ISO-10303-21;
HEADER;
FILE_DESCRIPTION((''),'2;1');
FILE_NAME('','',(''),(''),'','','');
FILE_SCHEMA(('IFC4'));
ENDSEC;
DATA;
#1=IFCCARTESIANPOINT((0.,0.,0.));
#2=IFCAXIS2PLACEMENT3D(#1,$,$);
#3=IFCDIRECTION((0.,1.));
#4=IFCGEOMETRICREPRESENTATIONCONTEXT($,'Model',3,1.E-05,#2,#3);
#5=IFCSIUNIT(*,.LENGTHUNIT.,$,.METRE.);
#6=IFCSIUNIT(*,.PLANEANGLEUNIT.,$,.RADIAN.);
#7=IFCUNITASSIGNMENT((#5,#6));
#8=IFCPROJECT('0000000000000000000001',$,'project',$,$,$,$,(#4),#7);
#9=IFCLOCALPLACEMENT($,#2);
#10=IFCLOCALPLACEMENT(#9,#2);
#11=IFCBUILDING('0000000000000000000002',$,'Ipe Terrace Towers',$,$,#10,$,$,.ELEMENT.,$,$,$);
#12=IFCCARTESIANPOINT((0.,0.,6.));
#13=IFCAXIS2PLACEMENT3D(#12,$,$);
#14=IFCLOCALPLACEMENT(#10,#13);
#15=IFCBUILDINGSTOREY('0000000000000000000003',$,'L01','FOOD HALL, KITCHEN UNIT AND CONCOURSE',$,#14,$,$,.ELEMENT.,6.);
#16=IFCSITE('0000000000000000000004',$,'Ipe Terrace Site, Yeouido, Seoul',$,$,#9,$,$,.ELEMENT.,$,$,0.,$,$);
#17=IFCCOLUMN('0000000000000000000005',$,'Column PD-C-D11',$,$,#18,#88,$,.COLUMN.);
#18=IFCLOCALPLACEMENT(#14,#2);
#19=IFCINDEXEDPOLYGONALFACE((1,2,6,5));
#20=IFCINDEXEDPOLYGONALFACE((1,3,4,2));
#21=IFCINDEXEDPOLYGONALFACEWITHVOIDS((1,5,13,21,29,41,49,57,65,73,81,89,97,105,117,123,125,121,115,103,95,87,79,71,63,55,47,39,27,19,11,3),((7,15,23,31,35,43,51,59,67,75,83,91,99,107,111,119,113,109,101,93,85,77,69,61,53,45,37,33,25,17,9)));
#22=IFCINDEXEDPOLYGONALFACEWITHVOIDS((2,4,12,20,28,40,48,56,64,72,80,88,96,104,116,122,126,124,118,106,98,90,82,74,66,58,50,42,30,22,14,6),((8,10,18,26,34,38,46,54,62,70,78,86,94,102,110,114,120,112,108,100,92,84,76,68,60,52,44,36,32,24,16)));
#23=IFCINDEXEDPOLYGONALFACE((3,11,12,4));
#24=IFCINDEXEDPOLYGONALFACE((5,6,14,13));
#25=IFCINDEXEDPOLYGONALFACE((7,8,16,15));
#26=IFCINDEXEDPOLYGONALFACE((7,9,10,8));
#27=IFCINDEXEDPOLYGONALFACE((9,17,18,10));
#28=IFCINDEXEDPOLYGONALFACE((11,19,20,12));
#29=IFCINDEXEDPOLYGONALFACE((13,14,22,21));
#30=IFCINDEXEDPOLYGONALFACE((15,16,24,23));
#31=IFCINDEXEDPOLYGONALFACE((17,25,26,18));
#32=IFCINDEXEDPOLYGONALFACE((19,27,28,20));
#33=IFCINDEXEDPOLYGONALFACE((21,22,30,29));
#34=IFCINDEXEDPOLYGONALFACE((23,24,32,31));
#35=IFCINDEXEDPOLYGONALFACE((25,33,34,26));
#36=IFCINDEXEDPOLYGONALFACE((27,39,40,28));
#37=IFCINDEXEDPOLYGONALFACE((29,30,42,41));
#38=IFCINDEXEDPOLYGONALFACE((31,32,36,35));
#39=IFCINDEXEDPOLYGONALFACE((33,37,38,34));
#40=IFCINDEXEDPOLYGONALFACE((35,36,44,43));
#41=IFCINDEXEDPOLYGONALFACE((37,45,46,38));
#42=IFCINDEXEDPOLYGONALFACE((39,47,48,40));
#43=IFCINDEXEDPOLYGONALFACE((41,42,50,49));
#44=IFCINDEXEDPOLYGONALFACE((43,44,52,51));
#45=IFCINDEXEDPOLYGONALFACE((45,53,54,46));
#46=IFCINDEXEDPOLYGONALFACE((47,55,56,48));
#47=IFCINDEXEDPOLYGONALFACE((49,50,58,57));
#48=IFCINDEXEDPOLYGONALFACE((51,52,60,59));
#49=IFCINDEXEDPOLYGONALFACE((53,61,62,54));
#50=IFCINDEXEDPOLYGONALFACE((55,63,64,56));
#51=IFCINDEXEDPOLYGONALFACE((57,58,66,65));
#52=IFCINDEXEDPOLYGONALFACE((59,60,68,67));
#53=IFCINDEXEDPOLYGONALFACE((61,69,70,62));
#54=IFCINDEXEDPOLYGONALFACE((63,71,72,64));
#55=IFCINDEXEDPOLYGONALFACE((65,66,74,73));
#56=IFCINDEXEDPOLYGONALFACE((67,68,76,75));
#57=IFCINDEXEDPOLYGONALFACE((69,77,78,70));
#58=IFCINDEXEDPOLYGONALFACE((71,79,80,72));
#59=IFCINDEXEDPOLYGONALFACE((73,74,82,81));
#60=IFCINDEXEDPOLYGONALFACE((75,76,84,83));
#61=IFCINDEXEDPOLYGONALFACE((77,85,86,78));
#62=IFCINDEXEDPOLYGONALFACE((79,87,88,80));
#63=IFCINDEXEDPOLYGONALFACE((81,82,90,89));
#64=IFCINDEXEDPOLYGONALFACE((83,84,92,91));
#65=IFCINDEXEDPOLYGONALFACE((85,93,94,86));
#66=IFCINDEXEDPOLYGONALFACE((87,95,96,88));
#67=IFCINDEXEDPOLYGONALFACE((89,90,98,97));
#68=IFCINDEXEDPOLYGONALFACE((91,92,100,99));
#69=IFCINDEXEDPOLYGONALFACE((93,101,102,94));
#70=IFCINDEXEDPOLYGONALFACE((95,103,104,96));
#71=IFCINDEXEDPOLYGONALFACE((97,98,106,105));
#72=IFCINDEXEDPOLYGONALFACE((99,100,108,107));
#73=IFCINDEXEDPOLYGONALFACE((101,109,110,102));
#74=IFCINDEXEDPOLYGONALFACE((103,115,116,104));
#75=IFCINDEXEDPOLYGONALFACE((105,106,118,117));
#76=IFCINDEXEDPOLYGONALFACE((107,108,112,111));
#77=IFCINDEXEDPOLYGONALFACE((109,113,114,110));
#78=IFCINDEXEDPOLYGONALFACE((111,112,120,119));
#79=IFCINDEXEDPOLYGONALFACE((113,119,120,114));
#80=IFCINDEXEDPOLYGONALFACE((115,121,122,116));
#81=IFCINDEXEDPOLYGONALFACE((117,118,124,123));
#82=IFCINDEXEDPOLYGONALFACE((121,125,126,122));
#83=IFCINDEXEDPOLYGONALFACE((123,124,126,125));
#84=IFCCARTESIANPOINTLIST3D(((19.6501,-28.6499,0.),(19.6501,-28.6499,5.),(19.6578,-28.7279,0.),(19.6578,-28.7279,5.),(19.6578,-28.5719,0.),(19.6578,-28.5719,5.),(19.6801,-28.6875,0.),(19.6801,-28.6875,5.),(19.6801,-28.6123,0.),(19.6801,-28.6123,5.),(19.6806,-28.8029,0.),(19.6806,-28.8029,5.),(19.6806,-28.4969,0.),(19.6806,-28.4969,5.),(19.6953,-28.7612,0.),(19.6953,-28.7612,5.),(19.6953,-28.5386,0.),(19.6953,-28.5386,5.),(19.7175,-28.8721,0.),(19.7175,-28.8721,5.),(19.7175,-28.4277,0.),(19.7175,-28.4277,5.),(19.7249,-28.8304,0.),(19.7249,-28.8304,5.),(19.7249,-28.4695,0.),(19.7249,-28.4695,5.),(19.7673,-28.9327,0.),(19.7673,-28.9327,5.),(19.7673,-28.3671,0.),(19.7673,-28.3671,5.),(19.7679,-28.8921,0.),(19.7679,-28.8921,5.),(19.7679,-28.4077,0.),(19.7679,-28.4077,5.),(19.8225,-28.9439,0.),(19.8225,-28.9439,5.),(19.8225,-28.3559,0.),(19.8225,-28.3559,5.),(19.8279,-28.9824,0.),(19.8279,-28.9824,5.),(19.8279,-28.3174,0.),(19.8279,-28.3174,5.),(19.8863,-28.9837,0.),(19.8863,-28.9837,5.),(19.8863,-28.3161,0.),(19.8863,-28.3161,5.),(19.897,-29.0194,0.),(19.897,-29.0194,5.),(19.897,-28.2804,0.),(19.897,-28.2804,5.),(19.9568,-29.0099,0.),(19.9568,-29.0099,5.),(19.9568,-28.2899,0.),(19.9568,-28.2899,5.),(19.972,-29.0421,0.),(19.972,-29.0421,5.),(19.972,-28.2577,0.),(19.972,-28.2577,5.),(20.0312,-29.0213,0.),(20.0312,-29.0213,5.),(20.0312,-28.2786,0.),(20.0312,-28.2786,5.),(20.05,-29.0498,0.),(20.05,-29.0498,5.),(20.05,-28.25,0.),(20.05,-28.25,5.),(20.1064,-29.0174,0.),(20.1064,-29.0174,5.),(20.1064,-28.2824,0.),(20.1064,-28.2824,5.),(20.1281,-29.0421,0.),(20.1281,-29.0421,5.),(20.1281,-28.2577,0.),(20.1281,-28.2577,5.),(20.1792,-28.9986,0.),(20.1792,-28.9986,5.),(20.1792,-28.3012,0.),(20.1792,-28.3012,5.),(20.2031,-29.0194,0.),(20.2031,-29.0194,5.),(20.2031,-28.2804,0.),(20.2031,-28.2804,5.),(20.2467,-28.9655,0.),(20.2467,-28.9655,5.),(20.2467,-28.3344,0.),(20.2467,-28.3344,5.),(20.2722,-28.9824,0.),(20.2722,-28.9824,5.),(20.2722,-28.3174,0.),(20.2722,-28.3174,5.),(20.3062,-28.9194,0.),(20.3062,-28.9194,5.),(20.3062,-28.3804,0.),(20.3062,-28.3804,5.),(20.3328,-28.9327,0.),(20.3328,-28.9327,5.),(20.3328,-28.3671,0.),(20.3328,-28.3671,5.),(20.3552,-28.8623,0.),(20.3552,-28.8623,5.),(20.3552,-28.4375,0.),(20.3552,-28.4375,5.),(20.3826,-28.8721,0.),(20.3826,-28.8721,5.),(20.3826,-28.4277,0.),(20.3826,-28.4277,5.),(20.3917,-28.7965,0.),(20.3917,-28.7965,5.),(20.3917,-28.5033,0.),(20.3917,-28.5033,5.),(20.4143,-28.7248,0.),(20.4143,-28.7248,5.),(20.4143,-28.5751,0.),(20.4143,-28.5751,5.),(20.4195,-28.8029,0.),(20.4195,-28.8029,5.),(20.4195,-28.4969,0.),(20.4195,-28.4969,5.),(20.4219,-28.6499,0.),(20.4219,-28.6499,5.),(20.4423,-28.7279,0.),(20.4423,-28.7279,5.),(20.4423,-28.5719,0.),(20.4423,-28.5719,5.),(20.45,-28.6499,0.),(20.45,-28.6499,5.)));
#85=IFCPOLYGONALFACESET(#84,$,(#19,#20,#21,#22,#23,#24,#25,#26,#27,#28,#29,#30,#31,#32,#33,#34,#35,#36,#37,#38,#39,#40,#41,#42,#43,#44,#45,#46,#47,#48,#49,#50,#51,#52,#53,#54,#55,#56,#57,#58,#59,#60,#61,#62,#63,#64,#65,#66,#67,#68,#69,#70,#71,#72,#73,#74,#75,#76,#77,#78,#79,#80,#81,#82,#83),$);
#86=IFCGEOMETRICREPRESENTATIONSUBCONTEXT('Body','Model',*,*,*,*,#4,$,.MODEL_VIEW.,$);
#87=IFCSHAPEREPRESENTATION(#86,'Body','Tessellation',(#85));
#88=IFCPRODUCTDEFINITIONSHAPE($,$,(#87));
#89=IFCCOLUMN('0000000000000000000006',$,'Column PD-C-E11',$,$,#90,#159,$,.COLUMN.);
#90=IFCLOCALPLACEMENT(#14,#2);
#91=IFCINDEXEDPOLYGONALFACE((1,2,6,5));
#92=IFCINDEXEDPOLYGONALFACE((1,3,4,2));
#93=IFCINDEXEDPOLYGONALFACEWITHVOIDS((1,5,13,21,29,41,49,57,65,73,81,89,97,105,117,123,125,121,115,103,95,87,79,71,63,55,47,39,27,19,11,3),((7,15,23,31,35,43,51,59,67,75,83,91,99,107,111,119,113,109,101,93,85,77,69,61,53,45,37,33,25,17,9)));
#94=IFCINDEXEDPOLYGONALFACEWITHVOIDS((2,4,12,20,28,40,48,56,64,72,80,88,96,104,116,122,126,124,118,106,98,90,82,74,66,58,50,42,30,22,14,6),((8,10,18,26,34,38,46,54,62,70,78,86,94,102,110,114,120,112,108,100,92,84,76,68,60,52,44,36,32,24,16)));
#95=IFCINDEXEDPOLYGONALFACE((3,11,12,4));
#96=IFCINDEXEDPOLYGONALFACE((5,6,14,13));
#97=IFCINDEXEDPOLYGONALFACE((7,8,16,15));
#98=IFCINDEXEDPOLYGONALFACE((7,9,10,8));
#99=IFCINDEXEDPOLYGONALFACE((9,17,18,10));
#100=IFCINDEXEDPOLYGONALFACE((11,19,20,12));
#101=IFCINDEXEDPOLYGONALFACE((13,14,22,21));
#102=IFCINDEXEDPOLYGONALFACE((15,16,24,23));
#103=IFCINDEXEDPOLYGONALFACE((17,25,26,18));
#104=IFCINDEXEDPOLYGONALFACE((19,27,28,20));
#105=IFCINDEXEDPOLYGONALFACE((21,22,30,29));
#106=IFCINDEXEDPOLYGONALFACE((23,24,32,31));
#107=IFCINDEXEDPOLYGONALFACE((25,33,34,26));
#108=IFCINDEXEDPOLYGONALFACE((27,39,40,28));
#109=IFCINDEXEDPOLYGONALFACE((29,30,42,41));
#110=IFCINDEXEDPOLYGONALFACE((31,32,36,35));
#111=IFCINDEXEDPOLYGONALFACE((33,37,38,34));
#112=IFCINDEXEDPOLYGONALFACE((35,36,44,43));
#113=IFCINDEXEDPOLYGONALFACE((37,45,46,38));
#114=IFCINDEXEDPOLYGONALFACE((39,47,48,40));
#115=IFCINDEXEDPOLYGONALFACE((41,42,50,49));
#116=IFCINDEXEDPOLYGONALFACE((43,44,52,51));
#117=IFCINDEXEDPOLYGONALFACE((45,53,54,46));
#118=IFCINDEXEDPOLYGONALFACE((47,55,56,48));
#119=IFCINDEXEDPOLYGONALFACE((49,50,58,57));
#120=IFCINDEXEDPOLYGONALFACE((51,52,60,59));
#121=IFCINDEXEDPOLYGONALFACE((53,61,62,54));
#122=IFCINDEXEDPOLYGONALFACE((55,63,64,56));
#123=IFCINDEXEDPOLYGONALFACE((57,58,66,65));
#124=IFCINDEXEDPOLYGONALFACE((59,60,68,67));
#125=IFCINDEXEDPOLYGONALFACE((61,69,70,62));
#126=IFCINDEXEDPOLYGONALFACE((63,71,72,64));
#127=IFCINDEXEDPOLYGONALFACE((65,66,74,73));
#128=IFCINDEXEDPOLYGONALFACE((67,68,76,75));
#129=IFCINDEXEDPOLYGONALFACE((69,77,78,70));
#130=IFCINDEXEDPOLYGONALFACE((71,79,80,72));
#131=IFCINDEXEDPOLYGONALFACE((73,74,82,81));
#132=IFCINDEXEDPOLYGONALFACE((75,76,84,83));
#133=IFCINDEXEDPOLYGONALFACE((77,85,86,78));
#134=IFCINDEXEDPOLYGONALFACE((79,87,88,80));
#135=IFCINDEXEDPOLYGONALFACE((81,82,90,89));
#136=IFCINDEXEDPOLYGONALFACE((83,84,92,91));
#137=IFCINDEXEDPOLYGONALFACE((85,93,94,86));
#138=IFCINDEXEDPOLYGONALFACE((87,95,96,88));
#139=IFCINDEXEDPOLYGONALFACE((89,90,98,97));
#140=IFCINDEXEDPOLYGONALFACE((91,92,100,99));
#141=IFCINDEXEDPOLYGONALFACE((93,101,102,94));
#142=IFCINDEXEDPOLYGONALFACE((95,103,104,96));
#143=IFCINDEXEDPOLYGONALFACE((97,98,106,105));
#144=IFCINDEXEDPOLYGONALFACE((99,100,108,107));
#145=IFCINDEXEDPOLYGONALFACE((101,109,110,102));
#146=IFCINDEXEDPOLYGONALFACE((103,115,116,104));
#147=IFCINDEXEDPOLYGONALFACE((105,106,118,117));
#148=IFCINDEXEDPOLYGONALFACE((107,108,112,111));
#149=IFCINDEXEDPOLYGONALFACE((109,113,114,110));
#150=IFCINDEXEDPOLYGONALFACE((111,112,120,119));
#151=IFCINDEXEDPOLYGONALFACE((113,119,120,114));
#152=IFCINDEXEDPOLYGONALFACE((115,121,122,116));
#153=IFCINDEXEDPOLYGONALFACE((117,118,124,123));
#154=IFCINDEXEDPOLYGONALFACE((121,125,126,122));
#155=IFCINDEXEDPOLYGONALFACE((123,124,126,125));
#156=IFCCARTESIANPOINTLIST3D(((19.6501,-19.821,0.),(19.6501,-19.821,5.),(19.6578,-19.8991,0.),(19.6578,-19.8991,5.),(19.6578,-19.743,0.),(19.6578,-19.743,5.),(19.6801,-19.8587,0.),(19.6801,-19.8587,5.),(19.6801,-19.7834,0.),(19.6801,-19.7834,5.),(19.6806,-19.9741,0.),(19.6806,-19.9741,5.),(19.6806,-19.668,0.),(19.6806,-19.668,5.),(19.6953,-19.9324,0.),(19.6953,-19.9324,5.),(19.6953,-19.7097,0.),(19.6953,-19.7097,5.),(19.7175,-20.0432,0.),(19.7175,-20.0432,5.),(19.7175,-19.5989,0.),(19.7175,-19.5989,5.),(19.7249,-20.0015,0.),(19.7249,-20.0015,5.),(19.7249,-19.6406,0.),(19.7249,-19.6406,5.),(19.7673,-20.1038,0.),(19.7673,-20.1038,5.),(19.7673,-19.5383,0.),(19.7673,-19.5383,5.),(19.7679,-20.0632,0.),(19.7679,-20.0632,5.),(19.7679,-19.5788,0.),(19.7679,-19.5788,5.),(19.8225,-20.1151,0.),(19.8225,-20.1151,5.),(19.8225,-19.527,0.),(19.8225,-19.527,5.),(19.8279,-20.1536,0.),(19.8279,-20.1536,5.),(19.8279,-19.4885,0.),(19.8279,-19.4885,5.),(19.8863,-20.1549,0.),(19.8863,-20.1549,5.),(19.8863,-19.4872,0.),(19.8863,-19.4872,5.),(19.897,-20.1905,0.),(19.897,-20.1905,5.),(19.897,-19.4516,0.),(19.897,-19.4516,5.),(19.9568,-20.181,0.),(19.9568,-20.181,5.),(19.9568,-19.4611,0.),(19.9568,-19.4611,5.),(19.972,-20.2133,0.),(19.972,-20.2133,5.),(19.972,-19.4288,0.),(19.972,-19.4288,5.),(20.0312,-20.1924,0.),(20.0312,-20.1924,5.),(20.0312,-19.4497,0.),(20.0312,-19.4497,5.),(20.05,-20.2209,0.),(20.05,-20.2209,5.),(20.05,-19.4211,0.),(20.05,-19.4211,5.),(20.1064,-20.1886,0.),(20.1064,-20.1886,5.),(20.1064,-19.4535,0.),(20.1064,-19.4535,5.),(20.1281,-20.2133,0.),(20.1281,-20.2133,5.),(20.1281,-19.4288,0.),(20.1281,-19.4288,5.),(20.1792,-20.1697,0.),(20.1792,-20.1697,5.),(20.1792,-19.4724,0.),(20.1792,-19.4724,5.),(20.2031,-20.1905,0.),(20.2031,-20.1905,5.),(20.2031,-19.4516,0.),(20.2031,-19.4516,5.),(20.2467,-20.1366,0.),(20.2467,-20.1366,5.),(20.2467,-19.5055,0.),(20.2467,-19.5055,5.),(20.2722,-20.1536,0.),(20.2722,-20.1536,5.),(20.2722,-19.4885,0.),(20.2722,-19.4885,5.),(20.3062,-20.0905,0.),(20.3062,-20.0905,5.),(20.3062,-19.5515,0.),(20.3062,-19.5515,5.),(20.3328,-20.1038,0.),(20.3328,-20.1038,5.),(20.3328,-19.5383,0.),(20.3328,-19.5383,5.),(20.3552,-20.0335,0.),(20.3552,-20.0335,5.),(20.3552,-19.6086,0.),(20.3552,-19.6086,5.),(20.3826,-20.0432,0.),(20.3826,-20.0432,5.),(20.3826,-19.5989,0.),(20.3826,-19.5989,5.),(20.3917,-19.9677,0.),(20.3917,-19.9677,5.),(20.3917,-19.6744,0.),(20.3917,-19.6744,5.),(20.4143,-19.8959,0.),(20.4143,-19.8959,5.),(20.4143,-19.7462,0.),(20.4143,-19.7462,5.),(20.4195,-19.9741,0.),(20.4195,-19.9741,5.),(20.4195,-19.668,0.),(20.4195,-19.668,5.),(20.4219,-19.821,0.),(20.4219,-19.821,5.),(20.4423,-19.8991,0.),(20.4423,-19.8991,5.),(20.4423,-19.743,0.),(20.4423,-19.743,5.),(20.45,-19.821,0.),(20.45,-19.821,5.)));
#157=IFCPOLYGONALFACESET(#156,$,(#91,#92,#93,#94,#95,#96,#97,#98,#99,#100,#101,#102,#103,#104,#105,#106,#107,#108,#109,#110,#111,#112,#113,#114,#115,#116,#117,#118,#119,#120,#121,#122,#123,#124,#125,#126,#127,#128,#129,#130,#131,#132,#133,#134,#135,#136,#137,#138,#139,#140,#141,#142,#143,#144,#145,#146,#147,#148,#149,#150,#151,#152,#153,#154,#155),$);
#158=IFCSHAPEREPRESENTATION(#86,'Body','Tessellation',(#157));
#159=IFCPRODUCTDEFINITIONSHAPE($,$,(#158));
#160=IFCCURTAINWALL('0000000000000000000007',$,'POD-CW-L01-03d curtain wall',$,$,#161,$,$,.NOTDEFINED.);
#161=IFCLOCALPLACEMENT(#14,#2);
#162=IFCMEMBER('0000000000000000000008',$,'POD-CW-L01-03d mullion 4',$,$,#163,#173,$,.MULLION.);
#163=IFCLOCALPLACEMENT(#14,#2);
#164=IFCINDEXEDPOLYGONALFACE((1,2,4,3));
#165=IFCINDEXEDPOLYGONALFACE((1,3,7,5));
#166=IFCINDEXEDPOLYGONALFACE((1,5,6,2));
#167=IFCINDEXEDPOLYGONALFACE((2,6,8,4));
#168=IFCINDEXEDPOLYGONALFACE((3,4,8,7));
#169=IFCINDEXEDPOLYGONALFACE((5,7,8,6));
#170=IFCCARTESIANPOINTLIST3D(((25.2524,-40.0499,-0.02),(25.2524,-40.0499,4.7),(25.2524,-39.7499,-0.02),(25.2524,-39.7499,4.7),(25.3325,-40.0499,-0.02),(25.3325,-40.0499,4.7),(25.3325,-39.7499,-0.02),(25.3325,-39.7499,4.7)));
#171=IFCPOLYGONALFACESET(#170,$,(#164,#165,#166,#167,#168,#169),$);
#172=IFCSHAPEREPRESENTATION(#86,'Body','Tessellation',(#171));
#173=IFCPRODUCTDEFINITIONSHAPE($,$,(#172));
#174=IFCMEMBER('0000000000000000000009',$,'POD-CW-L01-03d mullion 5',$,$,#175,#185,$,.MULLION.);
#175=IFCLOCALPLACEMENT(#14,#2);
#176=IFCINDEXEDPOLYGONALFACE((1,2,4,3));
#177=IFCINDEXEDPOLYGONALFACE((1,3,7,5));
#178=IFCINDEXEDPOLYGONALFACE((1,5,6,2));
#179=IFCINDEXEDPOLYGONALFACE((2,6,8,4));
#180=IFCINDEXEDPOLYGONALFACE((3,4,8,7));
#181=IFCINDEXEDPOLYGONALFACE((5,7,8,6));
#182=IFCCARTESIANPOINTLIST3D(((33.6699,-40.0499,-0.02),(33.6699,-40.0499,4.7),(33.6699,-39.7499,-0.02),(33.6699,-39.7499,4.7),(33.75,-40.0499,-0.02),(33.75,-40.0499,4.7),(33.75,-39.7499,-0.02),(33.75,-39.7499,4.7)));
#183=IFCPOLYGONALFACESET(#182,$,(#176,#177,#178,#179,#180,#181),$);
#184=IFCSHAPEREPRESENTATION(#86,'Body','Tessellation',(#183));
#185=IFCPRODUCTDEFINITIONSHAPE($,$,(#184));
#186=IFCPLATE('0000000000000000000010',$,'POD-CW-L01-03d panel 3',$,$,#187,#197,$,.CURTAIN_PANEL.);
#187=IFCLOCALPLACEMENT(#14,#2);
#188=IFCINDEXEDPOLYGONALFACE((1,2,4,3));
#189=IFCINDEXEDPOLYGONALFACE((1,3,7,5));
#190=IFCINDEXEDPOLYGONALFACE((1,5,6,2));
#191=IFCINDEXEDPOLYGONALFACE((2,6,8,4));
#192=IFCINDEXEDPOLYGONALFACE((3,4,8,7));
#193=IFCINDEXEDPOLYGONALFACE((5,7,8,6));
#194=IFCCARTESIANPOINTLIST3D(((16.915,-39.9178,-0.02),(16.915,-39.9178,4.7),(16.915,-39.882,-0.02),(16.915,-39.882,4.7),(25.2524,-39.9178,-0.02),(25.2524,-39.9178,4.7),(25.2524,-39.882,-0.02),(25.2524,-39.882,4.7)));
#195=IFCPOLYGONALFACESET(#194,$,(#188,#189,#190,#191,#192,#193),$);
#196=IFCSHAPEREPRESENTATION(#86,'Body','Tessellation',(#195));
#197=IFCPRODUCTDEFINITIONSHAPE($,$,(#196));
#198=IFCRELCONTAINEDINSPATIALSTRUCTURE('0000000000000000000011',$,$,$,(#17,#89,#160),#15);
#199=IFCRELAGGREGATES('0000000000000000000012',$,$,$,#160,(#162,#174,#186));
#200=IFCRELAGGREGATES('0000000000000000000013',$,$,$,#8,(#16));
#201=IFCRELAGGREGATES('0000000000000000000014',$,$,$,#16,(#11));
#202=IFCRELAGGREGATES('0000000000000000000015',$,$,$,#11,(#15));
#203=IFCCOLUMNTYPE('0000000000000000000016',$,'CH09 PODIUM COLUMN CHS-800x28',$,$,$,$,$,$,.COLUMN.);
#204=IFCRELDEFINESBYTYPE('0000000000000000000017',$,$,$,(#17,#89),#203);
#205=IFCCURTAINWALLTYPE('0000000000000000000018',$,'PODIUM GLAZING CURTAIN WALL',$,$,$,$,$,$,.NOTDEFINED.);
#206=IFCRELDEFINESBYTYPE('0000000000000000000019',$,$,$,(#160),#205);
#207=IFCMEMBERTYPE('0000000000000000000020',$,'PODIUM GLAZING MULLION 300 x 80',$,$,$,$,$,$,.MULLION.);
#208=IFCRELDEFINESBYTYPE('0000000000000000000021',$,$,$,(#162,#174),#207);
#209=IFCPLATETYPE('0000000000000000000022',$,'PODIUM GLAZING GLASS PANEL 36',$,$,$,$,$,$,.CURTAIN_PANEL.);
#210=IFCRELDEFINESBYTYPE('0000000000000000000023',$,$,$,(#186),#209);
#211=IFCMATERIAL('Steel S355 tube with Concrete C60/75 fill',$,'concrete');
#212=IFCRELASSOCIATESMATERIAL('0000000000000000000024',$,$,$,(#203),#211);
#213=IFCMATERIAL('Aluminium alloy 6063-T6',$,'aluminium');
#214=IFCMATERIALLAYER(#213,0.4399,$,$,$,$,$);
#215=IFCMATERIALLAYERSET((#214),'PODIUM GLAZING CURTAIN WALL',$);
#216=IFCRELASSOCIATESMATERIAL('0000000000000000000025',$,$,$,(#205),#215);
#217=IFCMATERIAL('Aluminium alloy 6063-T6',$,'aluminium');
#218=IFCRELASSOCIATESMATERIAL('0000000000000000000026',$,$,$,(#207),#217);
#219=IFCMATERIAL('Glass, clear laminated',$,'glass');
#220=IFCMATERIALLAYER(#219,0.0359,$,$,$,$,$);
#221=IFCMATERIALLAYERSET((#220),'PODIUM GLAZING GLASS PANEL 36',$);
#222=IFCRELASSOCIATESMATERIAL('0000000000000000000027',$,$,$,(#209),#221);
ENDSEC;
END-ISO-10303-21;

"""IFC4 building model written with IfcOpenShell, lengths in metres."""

from ifc_helpers import new_model, si_unit, direction, frame, origin, origin_2d, place, context, subcontext, project, spatial, rectangle, hollow_circle, extrude, material, layer, layer_set, material_profile, profile_set, type_object, element, aggregate, save


model = new_model("IFC4")

# Units and contexts
model_context = context("Model", 3, precision=1e-05, world=origin(), true_north=direction((0.0, 1.0)))
body_context = subcontext(model_context, "Body", "Model", "MODEL_VIEW")
ifc_project = project(units=[si_unit("LENGTHUNIT", "METRE"), si_unit("PLANEANGLEUNIT", "RADIAN")], contexts=[model_context])

# Site, building, storey
site_placement = place(None, origin())
site = spatial("IfcSite", under=ifc_project, at=site_placement, Name="Ipe Terrace Site, Yeouido, Seoul", CompositionType="ELEMENT", RefElevation=0.0)
building_placement = place(site_placement, origin())
building = spatial("IfcBuilding", under=site, at=building_placement, Name="Ipe Terrace Towers", CompositionType="ELEMENT")
storey_placement = place(building_placement, frame((0.0, 0.0, 6.0)))
storey = spatial("IfcBuildingStorey", under=building, at=storey_placement, Name="L01", Description="FOOD HALL, KITCHEN UNIT AND CONCOURSE", CompositionType="ELEMENT", Elevation=6.0)

# Columns
ifc_material_1 = material(Name="Steel S355 tube with Concrete C60/75 fill", Category="concrete")
ifc_material_profile_1 = material_profile(ifc_material_1, hollow_circle(Radius=0.3999, WallThickness=0.0281, at=origin_2d()), Name="CHS-800x28")
ifc_profile_set_1 = profile_set([ifc_material_profile_1], Name="Steel S355 tube with Concrete C60/75 fill")
column_type_1 = type_object("IfcColumnType", Name="CH09 PODIUM COLUMN CHS-800x28", PredefinedType="COLUMN", material=ifc_profile_set_1)
for number, where, z_axis, x_axis, name in (
    (1, (20.05, -28.6499, 0.0), (0.0, 0.0, 1.0), (1.0, 0.0, 0.0), "Column PD-C-D11"),
    (2, (20.05, -19.821, 0.0), (0.0, 0.0, 1.0), (1.0, 0.0, 0.0), "Column PD-C-E11"),
):
    element("IfcColumn", number, at=place(storey_placement, frame(where, z_axis=z_axis, x_axis=x_axis)), inside=storey, type_object=column_type_1, Name=name, PredefinedType="COLUMN", context=body_context, shape_type="SweptSolid", body=[
        extrude(hollow_circle(Radius=0.3999, WallThickness=0.0281, at=origin_2d()), origin(), (0.0, 0.0, 1.0), 5.0),
    ])

# Curtain wall, members, plate
ifc_material_2 = material(Name="Aluminium alloy 6063-T6", Category="aluminium")
ifc_layer_1 = layer(ifc_material_2, 0.4399)
ifc_layer_set_1 = layer_set([ifc_layer_1], Name="PODIUM GLAZING CURTAIN WALL")
curtain_wall_type = type_object("IfcCurtainWallType", Name="PODIUM GLAZING CURTAIN WALL", PredefinedType="NOTDEFINED", material=ifc_layer_set_1)
curtain_wall_placement = place(storey_placement, origin())
curtain_wall = element("IfcCurtainWall", 3, at=curtain_wall_placement, inside=storey, type_object=curtain_wall_type, Name="POD-CW-L01-03d curtain wall", PredefinedType="NOTDEFINED")
ifc_material_3 = material(Name="Aluminium alloy 6063-T6", Category="aluminium")
ifc_material_profile_2 = material_profile(ifc_material_3, rectangle(XDim=0.3, YDim=0.0801, at=origin_2d()), Name="PODIUM GLAZING MULLION 300 x 80")
ifc_profile_set_2 = profile_set([ifc_material_profile_2], Name="Aluminium alloy 6063-T6")
member_type = type_object("IfcMemberType", Name="PODIUM GLAZING MULLION 300 x 80", PredefinedType="MULLION", material=ifc_profile_set_2)
member_1_placement = place(storey_placement, frame((25.2925, -39.8999, -0.02), z_axis=(0.0, 0.0, 1.0), x_axis=(0.0, -1.0, 0.0)))
member_1 = element("IfcMember", 4, at=member_1_placement, type_object=member_type, Name="POD-CW-L01-03d mullion 4", PredefinedType="MULLION", context=body_context, shape_type="SweptSolid", body=[
    extrude(rectangle(XDim=0.3, YDim=0.0801, at=origin_2d()), origin(), (0.0, 0.0, 1.0), 4.72),
])
member_2_placement = place(storey_placement, frame((33.71, -39.8999, -0.02), z_axis=(0.0, 0.0, 1.0), x_axis=(0.0, -1.0, 0.0)))
member_2 = element("IfcMember", 5, at=member_2_placement, type_object=member_type, Name="POD-CW-L01-03d mullion 5", PredefinedType="MULLION", context=body_context, shape_type="SweptSolid", body=[
    extrude(rectangle(XDim=0.3, YDim=0.0801, at=origin_2d()), origin(), (0.0, 0.0, 1.0), 4.72),
])
ifc_material_4 = material(Name="Glass, clear laminated", Category="glass")
ifc_layer_2 = layer(ifc_material_4, 0.0359)
ifc_layer_set_2 = layer_set([ifc_layer_2], Name="PODIUM GLAZING GLASS PANEL 36")
plate_type = type_object("IfcPlateType", Name="PODIUM GLAZING GLASS PANEL 36", PredefinedType="CURTAIN_PANEL", material=ifc_layer_set_2)
plate_1_placement = place(storey_placement, frame((21.0837, -39.8999, -0.02), z_axis=(0.0, 0.0, 1.0), x_axis=(1.0, 0.0, 0.0)))
plate_1 = element("IfcPlate", 6, at=plate_1_placement, type_object=plate_type, Name="POD-CW-L01-03d panel 3", PredefinedType="CURTAIN_PANEL", context=body_context, shape_type="SweptSolid", body=[
    extrude(rectangle(XDim=8.3374, YDim=0.0359, at=origin_2d()), origin(), (0.0, 0.0, 1.0), 4.72),
])
aggregate(curtain_wall, [member_1, member_2, plate_1])

save(model, "model.ifc")
